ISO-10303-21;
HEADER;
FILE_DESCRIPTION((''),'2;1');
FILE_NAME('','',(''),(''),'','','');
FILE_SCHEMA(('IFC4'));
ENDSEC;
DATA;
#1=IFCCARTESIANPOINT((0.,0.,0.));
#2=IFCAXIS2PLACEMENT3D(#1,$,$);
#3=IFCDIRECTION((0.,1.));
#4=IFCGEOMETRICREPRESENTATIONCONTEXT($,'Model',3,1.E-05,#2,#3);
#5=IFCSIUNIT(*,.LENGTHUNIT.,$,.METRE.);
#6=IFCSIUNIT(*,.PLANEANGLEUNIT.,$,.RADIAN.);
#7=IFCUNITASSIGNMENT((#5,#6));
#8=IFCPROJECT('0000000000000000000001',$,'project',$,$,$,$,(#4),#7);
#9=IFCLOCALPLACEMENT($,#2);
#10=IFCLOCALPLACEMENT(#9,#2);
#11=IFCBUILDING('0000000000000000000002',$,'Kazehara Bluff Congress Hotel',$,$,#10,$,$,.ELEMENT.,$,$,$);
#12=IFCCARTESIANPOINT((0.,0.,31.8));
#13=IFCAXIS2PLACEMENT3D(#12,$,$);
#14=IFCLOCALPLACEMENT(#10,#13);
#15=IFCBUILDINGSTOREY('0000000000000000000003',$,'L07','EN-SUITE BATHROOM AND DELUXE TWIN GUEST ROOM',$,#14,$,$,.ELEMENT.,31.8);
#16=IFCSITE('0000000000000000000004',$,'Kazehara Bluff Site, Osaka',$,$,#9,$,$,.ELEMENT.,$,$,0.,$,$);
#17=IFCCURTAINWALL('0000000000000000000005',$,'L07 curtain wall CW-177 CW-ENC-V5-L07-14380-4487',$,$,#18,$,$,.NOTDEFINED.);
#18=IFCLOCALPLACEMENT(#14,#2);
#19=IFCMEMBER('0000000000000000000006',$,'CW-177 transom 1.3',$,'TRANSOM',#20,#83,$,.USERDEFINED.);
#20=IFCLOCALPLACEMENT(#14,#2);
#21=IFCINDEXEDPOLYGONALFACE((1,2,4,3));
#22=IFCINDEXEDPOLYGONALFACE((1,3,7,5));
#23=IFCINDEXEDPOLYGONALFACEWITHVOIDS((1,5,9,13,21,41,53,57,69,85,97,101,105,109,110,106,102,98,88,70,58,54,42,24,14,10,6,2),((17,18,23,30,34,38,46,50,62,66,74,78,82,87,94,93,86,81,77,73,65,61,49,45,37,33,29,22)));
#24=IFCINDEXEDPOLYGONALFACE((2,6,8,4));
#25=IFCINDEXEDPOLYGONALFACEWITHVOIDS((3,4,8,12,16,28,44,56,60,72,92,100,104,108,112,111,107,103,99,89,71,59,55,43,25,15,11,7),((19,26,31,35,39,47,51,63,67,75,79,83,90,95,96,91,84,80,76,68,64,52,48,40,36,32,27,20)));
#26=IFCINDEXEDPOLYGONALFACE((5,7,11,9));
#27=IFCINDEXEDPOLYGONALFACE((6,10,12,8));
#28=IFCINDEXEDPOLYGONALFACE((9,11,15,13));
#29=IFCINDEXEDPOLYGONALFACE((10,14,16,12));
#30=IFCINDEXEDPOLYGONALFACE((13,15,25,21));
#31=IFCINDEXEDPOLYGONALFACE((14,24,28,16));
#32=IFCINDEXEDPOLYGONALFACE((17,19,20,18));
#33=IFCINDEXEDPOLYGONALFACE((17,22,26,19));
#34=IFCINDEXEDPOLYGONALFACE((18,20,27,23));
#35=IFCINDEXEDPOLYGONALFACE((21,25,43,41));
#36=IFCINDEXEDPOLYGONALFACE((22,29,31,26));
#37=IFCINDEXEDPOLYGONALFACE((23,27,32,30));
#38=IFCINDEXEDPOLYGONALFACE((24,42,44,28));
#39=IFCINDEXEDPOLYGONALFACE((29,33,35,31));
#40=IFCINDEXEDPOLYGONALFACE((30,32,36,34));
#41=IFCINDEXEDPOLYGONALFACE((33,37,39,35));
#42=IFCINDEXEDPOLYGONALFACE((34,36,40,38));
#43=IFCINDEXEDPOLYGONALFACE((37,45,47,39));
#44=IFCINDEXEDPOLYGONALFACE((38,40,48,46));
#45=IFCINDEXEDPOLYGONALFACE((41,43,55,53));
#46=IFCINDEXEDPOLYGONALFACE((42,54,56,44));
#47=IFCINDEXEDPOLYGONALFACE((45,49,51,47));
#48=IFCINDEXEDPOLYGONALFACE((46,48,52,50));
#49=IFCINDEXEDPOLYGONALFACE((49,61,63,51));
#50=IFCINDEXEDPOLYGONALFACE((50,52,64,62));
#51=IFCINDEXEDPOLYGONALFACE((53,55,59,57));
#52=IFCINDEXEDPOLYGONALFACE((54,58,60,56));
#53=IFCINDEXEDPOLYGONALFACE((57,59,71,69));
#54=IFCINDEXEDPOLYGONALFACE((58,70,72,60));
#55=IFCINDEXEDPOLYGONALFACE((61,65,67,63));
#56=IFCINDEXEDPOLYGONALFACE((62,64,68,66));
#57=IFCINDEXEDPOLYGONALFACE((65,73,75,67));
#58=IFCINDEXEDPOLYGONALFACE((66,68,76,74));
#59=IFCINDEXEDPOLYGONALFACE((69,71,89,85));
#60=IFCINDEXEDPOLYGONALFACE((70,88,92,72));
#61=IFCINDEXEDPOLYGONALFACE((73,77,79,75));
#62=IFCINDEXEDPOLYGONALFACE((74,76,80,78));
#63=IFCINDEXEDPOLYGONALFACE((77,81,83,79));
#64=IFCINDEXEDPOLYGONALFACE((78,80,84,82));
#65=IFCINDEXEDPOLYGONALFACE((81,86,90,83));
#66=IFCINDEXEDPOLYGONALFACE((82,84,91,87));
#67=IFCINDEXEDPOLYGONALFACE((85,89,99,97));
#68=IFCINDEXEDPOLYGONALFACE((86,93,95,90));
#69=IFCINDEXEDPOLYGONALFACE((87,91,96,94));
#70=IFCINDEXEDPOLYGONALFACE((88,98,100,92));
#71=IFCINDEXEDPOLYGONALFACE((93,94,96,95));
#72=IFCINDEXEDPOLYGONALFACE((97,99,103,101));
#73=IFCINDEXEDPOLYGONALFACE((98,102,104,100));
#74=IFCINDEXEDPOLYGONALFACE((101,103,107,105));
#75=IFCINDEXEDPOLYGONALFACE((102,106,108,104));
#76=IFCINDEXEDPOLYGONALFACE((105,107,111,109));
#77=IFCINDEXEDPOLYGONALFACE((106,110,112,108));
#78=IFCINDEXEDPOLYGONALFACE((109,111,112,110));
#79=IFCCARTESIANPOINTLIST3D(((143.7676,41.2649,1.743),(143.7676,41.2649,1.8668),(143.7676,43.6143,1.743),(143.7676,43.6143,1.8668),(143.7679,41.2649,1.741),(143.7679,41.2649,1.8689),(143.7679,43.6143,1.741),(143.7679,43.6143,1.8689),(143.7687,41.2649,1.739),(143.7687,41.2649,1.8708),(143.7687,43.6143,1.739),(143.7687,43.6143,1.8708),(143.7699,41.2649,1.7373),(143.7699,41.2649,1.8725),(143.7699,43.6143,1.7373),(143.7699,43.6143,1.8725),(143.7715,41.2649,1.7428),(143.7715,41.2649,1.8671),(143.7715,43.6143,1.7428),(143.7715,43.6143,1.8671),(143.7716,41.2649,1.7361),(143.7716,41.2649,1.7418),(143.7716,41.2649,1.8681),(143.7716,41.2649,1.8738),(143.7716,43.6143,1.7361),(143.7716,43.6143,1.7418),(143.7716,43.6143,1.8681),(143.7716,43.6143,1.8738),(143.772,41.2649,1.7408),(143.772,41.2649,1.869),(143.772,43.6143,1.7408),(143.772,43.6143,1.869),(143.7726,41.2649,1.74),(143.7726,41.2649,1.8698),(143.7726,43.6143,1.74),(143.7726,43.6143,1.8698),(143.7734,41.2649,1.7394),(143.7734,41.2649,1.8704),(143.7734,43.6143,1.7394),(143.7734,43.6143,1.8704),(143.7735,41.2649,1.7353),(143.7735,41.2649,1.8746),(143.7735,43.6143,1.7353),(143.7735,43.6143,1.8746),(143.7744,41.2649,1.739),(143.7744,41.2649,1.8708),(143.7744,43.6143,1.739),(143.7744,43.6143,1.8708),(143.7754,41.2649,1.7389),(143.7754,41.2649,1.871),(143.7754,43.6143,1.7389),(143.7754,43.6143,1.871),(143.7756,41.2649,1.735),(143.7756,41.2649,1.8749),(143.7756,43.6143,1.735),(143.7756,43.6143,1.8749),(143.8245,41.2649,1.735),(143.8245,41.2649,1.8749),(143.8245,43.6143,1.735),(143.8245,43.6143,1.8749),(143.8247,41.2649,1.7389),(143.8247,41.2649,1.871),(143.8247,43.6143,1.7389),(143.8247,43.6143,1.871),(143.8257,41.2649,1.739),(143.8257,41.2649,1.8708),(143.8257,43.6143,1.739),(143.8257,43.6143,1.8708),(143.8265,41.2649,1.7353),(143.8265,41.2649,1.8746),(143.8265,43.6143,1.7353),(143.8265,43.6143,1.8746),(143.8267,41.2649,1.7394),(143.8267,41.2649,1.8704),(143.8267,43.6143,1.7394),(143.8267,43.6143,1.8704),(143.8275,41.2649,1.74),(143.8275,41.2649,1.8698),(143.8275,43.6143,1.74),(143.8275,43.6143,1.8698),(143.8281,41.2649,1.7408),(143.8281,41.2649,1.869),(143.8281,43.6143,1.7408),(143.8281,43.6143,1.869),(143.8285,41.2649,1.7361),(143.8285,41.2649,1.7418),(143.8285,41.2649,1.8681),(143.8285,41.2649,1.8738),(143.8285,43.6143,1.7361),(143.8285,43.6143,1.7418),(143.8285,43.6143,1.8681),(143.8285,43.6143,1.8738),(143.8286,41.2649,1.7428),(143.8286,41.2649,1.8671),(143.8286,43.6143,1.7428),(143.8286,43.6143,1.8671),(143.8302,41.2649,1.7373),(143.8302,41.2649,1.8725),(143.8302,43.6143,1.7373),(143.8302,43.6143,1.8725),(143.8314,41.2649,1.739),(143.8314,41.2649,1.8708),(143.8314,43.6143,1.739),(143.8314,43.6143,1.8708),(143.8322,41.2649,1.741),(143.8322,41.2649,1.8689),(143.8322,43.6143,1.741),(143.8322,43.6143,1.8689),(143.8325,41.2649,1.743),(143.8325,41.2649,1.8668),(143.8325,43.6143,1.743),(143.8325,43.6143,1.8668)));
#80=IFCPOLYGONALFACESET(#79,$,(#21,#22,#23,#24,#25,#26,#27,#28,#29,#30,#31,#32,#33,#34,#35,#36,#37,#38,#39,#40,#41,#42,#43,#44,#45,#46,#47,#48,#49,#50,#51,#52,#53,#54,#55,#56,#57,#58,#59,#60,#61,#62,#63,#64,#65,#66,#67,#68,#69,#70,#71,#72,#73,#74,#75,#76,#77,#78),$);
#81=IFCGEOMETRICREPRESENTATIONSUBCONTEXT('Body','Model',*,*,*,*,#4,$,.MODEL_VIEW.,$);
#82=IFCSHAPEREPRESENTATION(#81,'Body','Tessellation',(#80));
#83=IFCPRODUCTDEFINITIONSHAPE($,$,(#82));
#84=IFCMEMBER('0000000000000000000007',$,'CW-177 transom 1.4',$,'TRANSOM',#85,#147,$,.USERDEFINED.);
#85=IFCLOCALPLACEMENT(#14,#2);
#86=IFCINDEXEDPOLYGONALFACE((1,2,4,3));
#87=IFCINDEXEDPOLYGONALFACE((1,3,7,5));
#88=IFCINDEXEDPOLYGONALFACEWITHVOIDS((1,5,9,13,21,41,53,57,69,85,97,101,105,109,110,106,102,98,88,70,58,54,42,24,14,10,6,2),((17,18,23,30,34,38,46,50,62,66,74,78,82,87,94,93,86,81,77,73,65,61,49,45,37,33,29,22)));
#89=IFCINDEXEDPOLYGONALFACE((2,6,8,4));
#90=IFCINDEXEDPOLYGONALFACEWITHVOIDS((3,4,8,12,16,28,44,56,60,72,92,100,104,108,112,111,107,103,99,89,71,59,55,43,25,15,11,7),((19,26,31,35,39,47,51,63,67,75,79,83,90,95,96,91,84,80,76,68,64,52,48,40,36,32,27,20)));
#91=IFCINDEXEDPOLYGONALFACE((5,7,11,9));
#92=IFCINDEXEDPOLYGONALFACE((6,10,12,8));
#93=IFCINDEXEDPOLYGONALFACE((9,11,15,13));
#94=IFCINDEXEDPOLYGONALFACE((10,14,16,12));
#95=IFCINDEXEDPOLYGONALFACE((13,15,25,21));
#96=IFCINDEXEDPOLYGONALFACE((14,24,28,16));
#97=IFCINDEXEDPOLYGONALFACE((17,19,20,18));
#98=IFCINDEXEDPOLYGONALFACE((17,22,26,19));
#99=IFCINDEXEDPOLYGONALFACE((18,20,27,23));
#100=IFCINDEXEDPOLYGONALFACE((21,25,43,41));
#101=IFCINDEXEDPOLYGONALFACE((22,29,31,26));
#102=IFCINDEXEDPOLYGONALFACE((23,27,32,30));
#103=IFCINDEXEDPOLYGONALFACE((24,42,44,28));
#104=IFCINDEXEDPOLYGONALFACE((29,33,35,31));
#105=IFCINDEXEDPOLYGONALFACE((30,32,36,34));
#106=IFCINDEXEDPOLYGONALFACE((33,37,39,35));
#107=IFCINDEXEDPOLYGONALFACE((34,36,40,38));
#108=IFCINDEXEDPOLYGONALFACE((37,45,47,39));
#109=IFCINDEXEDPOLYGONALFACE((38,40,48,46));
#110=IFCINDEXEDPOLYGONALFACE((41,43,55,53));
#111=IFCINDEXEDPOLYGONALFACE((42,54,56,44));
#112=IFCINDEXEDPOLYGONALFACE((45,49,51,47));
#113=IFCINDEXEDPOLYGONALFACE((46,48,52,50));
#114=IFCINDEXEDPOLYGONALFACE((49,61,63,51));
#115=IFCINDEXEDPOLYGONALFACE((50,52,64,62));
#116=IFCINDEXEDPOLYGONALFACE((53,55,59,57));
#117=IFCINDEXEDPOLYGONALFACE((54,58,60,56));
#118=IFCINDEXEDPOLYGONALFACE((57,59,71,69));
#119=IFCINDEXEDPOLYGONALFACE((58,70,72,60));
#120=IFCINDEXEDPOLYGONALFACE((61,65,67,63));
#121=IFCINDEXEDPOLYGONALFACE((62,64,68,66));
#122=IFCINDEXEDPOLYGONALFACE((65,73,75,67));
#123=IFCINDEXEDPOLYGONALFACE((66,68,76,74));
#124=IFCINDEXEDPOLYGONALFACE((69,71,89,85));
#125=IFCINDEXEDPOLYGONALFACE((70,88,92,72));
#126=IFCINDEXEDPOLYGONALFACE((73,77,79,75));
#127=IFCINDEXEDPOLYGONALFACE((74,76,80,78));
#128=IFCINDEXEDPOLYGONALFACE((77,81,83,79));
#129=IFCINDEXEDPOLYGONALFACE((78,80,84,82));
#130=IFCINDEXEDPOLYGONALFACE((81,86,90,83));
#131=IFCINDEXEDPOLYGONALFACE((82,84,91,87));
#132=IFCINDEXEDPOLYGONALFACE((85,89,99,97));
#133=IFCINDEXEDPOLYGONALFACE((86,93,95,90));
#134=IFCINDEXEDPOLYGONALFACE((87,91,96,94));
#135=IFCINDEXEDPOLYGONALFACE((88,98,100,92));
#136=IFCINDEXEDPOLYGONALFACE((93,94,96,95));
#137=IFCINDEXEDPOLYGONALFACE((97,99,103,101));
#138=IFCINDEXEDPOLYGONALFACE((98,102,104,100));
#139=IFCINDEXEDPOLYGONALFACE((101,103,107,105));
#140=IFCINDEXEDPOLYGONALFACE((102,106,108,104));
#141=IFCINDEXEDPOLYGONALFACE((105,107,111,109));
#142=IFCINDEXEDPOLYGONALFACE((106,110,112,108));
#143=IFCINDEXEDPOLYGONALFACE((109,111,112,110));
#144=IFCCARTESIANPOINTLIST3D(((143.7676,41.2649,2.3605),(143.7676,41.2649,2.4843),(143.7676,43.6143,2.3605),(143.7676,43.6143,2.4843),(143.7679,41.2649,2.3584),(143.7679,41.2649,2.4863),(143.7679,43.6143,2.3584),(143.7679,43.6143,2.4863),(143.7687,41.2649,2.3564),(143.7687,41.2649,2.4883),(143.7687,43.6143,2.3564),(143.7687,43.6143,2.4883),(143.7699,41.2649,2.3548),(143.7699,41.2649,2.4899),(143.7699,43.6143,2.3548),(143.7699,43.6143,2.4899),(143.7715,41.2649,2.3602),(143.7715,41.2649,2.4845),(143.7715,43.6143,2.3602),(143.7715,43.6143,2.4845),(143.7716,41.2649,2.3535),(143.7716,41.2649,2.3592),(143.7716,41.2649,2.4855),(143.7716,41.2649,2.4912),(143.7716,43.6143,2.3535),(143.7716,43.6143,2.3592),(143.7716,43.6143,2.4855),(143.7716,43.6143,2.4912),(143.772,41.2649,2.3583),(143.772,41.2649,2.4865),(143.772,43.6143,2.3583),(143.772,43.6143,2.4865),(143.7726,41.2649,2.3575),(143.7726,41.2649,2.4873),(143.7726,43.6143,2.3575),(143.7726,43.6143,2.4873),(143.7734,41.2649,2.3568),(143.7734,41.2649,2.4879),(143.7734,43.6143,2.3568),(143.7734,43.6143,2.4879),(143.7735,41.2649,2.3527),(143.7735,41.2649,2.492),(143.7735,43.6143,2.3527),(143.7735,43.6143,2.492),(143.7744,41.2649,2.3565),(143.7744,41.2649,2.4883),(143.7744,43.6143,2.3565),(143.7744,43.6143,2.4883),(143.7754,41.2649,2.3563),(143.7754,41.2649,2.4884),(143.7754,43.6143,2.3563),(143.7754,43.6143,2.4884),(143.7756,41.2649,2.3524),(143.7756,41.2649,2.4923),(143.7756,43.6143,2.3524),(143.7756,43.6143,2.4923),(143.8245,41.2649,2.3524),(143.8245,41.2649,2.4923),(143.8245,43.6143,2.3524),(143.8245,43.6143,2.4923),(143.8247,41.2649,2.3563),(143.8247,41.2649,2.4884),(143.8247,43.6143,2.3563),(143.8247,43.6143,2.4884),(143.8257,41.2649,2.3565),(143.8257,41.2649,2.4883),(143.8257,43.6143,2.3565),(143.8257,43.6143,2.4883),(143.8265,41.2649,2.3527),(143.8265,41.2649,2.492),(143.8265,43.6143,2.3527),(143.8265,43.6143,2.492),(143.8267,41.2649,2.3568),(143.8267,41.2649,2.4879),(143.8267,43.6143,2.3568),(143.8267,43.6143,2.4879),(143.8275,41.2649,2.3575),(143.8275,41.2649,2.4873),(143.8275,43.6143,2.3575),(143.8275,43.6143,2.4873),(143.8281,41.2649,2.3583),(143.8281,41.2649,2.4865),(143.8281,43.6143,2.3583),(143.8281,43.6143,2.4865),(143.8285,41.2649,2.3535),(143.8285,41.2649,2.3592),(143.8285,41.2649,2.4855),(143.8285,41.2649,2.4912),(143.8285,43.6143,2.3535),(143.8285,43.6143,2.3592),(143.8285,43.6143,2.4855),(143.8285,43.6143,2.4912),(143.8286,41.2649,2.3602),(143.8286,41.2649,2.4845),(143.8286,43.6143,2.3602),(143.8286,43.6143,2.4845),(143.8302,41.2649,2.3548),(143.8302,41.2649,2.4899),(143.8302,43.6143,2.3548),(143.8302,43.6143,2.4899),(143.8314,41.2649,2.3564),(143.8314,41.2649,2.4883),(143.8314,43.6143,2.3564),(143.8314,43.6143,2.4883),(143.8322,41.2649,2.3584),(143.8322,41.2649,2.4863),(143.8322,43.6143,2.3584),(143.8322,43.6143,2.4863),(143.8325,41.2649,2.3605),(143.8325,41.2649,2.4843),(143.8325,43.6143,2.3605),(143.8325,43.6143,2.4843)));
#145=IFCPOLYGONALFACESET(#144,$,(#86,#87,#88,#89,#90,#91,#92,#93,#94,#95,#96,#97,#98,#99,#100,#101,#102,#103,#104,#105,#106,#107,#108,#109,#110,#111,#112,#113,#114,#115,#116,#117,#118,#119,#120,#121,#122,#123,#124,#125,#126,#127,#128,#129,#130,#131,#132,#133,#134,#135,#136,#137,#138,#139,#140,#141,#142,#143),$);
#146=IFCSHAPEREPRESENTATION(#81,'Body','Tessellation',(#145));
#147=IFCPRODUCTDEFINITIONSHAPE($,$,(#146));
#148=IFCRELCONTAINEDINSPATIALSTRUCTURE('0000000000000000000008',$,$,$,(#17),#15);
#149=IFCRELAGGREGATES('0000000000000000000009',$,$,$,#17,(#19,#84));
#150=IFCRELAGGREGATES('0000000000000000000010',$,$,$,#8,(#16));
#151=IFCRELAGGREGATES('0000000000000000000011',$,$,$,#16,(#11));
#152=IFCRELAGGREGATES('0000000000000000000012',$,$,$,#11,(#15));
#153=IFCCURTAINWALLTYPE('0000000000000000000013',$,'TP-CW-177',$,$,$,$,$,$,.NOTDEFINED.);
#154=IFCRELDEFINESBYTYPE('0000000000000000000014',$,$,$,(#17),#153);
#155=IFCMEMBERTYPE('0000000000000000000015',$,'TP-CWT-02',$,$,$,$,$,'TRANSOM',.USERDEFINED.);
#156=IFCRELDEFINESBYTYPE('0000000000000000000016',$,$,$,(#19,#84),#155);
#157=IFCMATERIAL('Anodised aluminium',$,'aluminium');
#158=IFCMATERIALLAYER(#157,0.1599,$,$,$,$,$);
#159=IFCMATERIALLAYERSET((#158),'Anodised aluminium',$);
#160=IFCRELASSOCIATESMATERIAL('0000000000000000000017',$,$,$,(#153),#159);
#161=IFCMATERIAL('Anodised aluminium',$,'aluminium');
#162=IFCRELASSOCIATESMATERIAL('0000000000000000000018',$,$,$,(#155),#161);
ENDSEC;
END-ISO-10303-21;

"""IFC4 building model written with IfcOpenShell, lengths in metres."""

from ifc_helpers import new_model, si_unit, direction, frame, origin, origin_2d, place, context, subcontext, project, spatial, hollow_rectangle, extrude, material, layer, layer_set, material_profile, profile_set, type_object, element, aggregate, save


model = new_model("IFC4")

# Units and contexts
model_context = context("Model", 3, precision=1e-05, world=origin(), true_north=direction((0.0, 1.0)))
body_context = subcontext(model_context, "Body", "Model", "MODEL_VIEW")
ifc_project = project(units=[si_unit("LENGTHUNIT", "METRE"), si_unit("PLANEANGLEUNIT", "RADIAN")], contexts=[model_context])

# Site, building, storey
site_placement = place(None, origin())
site = spatial("IfcSite", under=ifc_project, at=site_placement, Name="Kazehara Bluff Site, Osaka", CompositionType="ELEMENT", RefElevation=0.0)
building_placement = place(site_placement, origin())
building = spatial("IfcBuilding", under=site, at=building_placement, Name="Kazehara Bluff Congress Hotel", CompositionType="ELEMENT")
storey_placement = place(building_placement, frame((0.0, 0.0, 31.8)))
storey = spatial("IfcBuildingStorey", under=building, at=storey_placement, Name="L07", Description="EN-SUITE BATHROOM AND DELUXE TWIN GUEST ROOM", CompositionType="ELEMENT", Elevation=31.8)

# Curtain wall
ifc_material_1 = material(Name="Anodised aluminium", Category="aluminium")
ifc_layer_1 = layer(ifc_material_1, 0.1599)
ifc_layer_set_1 = layer_set([ifc_layer_1], Name="Anodised aluminium")
curtain_wall_type_1 = type_object("IfcCurtainWallType", Name="TP-CW-177", PredefinedType="NOTDEFINED", material=ifc_layer_set_1)
curtain_wall_1_placement = place(storey_placement, origin())
curtain_wall_1 = element("IfcCurtainWall", 1, at=curtain_wall_1_placement, inside=storey, type_object=curtain_wall_type_1, Name="L07 curtain wall CW-177 CW-ENC-V5-L07-14380-4487", PredefinedType="NOTDEFINED")

# Members
ifc_material_2 = material(Name="Anodised aluminium", Category="aluminium")
ifc_material_profile_1 = material_profile(ifc_material_2, hollow_rectangle(XDim=0.0649, YDim=0.1399, WallThickness=0.0039, InnerFilletRadius=0.0039, OuterFilletRadius=0.0081, at=origin_2d()))
ifc_profile_set_1 = profile_set([ifc_material_profile_1], Name="Anodised aluminium")
member_type_1 = type_object("IfcMemberType", Name="TP-CWT-02", ElementType="TRANSOM", PredefinedType="USERDEFINED", material=ifc_profile_set_1)
member_1_placement = place(storey_placement, frame((143.8, 41.2649, 1.8049), z_axis=(0.0, 1.0, 0.0), x_axis=(-1.0, 0.0, 0.0)))
member_1 = element("IfcMember", 2, at=member_1_placement, type_object=member_type_1, Name="CW-177 transom 1.3", ObjectType="TRANSOM", PredefinedType="USERDEFINED", context=body_context, shape_type="SweptSolid", body=[
    extrude(hollow_rectangle(XDim=0.0649, YDim=0.1399, WallThickness=0.0039, InnerFilletRadius=0.0039, OuterFilletRadius=0.0081, at=origin_2d()), origin(), (0.0, 0.0, 1.0), 2.3494),
])
member_2_placement = place(storey_placement, frame((143.8, 41.2649, 2.4224), z_axis=(0.0, 1.0, 0.0), x_axis=(-1.0, 0.0, 0.0)))
member_2 = element("IfcMember", 3, at=member_2_placement, type_object=member_type_1, Name="CW-177 transom 1.4", ObjectType="TRANSOM", PredefinedType="USERDEFINED", context=body_context, shape_type="SweptSolid", body=[
    extrude(hollow_rectangle(XDim=0.0649, YDim=0.1399, WallThickness=0.0039, InnerFilletRadius=0.0039, OuterFilletRadius=0.0081, at=origin_2d()), origin(), (0.0, 0.0, 1.0), 2.3494),
])

aggregate(curtain_wall_1, [member_1, member_2])

save(model, "model.ifc")
